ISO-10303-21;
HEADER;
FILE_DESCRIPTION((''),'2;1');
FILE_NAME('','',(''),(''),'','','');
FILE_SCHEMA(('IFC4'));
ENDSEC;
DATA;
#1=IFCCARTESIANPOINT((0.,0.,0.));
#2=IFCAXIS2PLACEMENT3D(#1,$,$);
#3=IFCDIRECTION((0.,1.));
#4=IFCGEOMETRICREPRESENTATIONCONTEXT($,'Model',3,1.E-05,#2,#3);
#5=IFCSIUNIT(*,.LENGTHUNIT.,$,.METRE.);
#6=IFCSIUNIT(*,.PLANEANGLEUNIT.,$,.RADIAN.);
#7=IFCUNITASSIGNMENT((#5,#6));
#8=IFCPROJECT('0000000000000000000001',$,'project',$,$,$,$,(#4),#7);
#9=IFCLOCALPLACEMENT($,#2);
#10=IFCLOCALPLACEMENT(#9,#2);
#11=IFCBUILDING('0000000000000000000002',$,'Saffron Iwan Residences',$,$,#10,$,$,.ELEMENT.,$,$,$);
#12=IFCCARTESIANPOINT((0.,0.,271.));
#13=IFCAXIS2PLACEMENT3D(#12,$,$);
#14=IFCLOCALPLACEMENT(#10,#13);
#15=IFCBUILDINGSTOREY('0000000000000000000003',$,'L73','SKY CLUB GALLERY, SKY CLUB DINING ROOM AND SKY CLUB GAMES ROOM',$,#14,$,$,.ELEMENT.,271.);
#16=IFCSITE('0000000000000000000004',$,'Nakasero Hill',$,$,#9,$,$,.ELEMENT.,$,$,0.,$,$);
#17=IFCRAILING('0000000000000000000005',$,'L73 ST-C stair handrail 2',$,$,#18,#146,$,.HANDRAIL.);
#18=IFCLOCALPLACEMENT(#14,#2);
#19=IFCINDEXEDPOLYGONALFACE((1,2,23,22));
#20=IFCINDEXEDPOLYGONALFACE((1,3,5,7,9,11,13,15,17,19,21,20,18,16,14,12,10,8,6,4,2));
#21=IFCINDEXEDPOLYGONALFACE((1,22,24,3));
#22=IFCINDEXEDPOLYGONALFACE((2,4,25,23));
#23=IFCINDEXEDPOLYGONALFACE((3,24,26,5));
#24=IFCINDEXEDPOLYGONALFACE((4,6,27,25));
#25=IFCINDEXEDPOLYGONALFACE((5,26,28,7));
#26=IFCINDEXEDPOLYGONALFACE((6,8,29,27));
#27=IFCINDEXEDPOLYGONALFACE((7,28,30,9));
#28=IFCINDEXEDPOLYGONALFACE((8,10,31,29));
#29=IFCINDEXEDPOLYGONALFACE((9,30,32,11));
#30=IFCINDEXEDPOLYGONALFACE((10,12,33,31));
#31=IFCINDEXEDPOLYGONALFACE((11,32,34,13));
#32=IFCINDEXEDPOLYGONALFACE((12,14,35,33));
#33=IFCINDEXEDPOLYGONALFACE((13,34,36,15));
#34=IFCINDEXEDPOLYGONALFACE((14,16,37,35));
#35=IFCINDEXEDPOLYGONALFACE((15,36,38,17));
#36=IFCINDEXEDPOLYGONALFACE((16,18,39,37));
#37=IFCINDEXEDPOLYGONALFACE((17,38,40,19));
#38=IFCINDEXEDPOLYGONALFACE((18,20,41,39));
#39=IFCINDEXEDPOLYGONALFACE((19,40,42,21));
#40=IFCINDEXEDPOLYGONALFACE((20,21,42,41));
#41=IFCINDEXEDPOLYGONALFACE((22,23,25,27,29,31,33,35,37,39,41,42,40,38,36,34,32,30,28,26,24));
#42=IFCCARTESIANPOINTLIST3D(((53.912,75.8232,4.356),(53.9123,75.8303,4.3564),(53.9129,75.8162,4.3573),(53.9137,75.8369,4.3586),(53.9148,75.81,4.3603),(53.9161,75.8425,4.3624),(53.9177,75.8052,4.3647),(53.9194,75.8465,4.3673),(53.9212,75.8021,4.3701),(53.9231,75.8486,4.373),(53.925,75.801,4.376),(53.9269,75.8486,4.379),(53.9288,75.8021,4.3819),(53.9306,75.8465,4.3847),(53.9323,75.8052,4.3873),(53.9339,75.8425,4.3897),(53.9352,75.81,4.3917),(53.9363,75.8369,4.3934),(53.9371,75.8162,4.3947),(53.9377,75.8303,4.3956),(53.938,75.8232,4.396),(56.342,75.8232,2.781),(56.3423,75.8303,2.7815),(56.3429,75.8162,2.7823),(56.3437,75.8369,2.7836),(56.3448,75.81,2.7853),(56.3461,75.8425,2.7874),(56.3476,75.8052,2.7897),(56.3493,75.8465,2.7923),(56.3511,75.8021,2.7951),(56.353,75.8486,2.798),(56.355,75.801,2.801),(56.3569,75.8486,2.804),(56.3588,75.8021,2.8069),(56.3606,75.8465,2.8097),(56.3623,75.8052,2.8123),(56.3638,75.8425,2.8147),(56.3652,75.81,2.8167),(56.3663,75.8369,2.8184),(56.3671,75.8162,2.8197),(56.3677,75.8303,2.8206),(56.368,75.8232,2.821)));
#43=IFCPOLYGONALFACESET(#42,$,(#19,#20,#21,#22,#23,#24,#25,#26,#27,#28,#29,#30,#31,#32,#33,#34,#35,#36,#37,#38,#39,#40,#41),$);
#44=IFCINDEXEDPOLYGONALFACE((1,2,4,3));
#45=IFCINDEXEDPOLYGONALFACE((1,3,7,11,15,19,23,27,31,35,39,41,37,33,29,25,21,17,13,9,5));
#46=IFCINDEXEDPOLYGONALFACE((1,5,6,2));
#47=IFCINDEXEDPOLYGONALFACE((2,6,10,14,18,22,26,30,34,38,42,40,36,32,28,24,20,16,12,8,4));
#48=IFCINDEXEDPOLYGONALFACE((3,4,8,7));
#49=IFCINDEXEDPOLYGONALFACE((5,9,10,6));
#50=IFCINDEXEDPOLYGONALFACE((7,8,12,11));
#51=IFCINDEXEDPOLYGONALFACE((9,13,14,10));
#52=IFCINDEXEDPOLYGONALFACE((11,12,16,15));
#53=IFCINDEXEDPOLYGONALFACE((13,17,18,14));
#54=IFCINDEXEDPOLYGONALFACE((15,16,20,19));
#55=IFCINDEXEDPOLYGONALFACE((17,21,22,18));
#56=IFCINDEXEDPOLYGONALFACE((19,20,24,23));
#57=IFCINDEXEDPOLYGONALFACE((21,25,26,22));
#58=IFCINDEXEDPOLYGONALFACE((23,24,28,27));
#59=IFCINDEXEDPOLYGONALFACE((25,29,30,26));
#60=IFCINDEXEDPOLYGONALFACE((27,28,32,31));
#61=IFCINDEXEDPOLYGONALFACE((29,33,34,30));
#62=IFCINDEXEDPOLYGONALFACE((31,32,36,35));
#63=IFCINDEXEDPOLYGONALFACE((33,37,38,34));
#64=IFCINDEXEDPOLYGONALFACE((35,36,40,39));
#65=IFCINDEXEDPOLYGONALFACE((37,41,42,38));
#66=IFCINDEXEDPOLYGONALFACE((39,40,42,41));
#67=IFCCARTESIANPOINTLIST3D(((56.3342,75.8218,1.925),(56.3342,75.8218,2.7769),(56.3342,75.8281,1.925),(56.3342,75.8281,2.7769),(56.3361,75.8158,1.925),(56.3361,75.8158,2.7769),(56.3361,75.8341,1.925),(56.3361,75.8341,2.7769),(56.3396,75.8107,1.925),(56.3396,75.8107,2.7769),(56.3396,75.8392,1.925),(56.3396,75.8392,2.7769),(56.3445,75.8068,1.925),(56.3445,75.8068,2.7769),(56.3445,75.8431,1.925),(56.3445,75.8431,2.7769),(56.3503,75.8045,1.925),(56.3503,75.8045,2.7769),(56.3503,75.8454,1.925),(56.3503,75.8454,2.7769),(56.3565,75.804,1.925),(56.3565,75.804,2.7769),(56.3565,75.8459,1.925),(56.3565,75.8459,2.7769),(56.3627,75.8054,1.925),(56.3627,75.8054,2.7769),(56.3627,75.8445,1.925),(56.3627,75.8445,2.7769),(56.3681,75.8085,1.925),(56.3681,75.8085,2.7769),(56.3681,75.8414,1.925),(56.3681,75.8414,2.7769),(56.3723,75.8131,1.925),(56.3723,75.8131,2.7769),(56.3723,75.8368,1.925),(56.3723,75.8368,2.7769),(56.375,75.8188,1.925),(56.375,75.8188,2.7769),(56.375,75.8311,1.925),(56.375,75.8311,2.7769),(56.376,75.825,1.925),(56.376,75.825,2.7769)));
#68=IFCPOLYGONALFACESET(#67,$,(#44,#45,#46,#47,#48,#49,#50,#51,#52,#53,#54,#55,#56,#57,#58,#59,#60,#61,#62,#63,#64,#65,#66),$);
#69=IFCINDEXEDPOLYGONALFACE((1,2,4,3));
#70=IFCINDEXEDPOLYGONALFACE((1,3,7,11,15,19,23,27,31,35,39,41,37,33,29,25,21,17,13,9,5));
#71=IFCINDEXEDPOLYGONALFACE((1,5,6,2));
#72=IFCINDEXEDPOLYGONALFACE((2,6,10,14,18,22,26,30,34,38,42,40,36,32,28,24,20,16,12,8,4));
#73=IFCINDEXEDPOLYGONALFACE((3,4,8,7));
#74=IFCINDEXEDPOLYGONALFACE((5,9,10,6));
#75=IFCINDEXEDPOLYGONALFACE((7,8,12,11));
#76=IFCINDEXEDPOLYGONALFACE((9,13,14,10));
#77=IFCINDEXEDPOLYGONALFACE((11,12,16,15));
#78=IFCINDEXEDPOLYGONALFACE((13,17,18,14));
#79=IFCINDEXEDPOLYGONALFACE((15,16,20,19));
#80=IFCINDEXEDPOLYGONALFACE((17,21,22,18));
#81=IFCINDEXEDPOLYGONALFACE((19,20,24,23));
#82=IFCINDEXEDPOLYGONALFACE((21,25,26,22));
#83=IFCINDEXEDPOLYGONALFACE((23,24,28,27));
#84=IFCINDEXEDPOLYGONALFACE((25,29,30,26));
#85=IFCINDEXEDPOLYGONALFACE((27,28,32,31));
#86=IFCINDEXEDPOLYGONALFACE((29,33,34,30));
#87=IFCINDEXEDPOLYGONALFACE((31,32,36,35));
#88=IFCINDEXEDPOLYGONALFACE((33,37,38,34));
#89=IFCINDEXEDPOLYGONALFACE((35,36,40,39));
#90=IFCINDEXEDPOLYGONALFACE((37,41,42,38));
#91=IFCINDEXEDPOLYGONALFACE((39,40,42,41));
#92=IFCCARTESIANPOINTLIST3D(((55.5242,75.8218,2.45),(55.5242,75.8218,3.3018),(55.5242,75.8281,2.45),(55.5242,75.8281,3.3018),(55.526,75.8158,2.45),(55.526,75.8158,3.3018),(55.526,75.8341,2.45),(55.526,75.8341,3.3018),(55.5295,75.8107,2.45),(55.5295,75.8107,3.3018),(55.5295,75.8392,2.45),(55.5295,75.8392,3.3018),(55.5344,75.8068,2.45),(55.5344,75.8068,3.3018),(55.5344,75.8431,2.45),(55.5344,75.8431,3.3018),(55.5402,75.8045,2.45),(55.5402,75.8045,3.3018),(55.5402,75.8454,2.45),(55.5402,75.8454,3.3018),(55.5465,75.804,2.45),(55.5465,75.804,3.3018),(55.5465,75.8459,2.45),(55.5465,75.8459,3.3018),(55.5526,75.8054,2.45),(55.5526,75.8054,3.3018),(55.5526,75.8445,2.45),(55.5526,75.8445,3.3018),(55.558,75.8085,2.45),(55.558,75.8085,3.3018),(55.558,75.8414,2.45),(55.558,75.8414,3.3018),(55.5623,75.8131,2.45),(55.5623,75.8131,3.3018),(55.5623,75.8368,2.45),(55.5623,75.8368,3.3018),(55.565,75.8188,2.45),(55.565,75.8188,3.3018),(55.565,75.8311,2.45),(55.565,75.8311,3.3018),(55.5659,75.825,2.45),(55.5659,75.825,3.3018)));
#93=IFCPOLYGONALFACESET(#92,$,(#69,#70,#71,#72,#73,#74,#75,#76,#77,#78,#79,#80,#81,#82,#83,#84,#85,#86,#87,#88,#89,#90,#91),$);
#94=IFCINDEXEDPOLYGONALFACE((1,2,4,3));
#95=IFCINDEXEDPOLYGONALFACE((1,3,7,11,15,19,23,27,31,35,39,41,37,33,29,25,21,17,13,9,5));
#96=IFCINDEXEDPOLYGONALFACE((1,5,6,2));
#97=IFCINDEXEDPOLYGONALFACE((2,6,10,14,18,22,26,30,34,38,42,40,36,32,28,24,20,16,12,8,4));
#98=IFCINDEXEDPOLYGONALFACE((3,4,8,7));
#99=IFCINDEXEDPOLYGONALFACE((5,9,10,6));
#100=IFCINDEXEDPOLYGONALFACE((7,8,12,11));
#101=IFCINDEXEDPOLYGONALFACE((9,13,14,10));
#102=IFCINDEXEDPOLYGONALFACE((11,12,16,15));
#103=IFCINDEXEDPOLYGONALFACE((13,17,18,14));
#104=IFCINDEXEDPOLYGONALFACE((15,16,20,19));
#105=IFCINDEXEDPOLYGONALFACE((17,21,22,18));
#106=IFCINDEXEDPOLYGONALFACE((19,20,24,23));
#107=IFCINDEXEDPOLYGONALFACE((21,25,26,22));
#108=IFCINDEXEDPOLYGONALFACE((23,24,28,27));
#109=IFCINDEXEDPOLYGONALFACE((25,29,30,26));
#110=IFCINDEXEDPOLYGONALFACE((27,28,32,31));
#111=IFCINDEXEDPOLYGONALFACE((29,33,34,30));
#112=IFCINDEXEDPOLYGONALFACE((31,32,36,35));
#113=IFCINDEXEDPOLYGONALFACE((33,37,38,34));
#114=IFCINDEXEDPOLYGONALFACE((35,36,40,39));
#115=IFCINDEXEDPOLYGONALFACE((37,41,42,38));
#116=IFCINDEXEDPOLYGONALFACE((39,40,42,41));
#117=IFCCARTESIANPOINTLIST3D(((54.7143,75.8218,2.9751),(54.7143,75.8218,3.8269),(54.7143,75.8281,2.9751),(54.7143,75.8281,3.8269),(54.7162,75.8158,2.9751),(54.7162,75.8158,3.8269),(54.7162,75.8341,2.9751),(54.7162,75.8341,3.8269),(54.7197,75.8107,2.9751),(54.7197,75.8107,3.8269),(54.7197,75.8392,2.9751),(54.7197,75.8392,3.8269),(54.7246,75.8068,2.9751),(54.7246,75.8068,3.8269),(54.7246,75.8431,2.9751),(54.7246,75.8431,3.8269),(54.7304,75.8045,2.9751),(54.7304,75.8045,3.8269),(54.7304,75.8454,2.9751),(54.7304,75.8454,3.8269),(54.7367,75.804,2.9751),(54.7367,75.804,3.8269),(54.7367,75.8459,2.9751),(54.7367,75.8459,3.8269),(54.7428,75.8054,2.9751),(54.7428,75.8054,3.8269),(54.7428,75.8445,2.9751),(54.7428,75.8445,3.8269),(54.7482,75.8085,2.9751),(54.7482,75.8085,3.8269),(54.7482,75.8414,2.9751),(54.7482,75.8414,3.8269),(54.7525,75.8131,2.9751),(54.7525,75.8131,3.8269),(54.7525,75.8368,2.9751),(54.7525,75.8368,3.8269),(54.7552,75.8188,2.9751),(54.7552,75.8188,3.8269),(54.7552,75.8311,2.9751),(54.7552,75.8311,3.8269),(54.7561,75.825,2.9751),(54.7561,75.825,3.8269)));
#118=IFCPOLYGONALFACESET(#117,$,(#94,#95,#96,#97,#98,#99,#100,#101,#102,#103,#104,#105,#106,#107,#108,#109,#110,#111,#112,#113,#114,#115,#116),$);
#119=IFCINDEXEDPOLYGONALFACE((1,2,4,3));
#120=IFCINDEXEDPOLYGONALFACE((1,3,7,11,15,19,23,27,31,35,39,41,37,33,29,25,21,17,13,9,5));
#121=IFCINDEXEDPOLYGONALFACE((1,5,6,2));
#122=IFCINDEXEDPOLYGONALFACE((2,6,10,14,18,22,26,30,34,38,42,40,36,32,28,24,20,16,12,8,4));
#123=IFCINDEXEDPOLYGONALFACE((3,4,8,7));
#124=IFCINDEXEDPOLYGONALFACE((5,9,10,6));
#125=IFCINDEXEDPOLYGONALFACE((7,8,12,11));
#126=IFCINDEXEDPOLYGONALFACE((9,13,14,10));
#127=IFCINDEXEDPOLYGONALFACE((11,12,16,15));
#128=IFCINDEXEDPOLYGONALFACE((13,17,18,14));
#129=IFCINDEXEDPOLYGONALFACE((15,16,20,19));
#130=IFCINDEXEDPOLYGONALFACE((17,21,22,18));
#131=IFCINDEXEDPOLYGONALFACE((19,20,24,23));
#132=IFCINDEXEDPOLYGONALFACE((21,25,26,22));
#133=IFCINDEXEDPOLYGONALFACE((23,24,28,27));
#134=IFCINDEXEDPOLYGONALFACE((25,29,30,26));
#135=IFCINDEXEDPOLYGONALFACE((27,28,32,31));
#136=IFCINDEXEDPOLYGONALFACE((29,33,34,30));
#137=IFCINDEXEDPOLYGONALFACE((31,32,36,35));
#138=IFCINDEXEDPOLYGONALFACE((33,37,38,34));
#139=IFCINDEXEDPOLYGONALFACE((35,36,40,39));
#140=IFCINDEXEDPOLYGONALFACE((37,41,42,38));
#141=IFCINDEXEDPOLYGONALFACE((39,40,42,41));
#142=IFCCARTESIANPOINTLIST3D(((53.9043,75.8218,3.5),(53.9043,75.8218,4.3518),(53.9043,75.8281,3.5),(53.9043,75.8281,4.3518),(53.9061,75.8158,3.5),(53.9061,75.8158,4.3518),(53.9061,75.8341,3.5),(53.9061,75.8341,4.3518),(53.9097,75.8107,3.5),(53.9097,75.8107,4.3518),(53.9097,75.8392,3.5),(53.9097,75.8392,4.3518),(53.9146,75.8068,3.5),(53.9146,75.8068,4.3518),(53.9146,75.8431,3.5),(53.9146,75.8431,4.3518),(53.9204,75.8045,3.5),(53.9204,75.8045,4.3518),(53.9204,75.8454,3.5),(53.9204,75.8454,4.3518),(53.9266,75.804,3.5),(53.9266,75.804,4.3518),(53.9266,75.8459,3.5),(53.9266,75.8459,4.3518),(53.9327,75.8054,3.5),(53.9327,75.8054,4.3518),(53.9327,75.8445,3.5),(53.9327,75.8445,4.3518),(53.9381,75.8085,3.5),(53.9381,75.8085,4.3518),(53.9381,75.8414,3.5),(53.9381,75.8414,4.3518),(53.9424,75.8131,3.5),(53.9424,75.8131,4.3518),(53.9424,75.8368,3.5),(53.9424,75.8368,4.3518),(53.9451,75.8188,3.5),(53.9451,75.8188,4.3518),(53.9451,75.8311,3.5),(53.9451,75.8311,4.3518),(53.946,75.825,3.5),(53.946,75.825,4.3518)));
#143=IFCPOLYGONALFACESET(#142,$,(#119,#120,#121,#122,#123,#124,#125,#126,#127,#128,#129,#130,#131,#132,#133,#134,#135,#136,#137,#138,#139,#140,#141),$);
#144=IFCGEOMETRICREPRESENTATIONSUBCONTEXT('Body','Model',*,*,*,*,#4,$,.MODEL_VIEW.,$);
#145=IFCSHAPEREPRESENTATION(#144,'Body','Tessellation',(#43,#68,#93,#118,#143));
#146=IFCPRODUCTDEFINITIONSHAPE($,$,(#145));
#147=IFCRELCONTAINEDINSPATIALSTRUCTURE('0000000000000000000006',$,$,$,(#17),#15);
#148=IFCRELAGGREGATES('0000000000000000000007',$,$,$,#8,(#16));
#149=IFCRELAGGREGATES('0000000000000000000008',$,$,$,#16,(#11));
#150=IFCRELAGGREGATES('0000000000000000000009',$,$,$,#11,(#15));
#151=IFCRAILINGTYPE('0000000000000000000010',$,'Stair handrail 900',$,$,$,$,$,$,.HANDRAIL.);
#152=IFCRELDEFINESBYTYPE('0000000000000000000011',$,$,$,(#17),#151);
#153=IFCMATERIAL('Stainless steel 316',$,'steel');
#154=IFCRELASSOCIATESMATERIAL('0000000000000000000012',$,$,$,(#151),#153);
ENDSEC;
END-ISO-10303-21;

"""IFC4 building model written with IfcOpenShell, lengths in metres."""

from ifc_helpers import new_model, si_unit, direction, frame, origin, origin_2d, place, context, subcontext, project, spatial, circle, extrude, material, type_object, element, save


model = new_model("IFC4")

# Units and contexts
model_context = context("Model", 3, precision=1e-05, world=origin(), true_north=direction((0.0, 1.0)))
body_context = subcontext(model_context, "Body", "Model", "MODEL_VIEW")
ifc_project = project(units=[si_unit("LENGTHUNIT", "METRE"), si_unit("PLANEANGLEUNIT", "RADIAN")], contexts=[model_context])

# Site, building, storey
site_placement = place(None, origin())
site = spatial("IfcSite", under=ifc_project, at=site_placement, Name="Nakasero Hill", CompositionType="ELEMENT", RefElevation=0.0)
building_placement = place(site_placement, origin())
building = spatial("IfcBuilding", under=site, at=building_placement, Name="Saffron Iwan Residences", CompositionType="ELEMENT")
storey_placement = place(building_placement, frame((0.0, 0.0, 271.0)))
storey = spatial("IfcBuildingStorey", under=building, at=storey_placement, Name="L73", Description="SKY CLUB GALLERY, SKY CLUB DINING ROOM AND SKY CLUB GAMES ROOM", CompositionType="ELEMENT", Elevation=271.0)

# Railing
ifc_material_1 = material(Name="Stainless steel 316", Category="steel")
railing_type_1 = type_object("IfcRailingType", Name="Stair handrail 900", PredefinedType="HANDRAIL", material=ifc_material_1)
railing_1_placement = place(storey_placement, frame((56.355, 75.825, 1.925)))
element("IfcRailing", 1, at=railing_1_placement, inside=storey, type_object=railing_type_1, Name="L73 ST-C stair handrail 2", PredefinedType="HANDRAIL", context=body_context, shape_type="SweptSolid", body=[
    extrude(circle(Radius=0.0239, at=origin_2d()), frame((0.0, 0.0, 0.876), z_axis=(-0.839154, 0.0, 0.543894), x_axis=(0.0, -1.0, 0.0)), (0.0, 0.0, 1.0), 2.8958),
    extrude(circle(Radius=0.021, at=origin_2d()), origin(), (0.0, 0.0, 1.0), 0.8518),
    extrude(circle(Radius=0.021, at=origin_2d()), frame((-0.8101, 0.0, 0.5249)), (0.0, 0.0, 1.0), 0.8518),
    extrude(circle(Radius=0.021, at=origin_2d()), frame((-1.6199, 0.0, 1.05)), (0.0, 0.0, 1.0), 0.8518),
    extrude(circle(Radius=0.021, at=origin_2d()), frame((-2.4299, 0.0, 1.575)), (0.0, 0.0, 1.0), 0.8518),
])

save(model, "model.ifc")
